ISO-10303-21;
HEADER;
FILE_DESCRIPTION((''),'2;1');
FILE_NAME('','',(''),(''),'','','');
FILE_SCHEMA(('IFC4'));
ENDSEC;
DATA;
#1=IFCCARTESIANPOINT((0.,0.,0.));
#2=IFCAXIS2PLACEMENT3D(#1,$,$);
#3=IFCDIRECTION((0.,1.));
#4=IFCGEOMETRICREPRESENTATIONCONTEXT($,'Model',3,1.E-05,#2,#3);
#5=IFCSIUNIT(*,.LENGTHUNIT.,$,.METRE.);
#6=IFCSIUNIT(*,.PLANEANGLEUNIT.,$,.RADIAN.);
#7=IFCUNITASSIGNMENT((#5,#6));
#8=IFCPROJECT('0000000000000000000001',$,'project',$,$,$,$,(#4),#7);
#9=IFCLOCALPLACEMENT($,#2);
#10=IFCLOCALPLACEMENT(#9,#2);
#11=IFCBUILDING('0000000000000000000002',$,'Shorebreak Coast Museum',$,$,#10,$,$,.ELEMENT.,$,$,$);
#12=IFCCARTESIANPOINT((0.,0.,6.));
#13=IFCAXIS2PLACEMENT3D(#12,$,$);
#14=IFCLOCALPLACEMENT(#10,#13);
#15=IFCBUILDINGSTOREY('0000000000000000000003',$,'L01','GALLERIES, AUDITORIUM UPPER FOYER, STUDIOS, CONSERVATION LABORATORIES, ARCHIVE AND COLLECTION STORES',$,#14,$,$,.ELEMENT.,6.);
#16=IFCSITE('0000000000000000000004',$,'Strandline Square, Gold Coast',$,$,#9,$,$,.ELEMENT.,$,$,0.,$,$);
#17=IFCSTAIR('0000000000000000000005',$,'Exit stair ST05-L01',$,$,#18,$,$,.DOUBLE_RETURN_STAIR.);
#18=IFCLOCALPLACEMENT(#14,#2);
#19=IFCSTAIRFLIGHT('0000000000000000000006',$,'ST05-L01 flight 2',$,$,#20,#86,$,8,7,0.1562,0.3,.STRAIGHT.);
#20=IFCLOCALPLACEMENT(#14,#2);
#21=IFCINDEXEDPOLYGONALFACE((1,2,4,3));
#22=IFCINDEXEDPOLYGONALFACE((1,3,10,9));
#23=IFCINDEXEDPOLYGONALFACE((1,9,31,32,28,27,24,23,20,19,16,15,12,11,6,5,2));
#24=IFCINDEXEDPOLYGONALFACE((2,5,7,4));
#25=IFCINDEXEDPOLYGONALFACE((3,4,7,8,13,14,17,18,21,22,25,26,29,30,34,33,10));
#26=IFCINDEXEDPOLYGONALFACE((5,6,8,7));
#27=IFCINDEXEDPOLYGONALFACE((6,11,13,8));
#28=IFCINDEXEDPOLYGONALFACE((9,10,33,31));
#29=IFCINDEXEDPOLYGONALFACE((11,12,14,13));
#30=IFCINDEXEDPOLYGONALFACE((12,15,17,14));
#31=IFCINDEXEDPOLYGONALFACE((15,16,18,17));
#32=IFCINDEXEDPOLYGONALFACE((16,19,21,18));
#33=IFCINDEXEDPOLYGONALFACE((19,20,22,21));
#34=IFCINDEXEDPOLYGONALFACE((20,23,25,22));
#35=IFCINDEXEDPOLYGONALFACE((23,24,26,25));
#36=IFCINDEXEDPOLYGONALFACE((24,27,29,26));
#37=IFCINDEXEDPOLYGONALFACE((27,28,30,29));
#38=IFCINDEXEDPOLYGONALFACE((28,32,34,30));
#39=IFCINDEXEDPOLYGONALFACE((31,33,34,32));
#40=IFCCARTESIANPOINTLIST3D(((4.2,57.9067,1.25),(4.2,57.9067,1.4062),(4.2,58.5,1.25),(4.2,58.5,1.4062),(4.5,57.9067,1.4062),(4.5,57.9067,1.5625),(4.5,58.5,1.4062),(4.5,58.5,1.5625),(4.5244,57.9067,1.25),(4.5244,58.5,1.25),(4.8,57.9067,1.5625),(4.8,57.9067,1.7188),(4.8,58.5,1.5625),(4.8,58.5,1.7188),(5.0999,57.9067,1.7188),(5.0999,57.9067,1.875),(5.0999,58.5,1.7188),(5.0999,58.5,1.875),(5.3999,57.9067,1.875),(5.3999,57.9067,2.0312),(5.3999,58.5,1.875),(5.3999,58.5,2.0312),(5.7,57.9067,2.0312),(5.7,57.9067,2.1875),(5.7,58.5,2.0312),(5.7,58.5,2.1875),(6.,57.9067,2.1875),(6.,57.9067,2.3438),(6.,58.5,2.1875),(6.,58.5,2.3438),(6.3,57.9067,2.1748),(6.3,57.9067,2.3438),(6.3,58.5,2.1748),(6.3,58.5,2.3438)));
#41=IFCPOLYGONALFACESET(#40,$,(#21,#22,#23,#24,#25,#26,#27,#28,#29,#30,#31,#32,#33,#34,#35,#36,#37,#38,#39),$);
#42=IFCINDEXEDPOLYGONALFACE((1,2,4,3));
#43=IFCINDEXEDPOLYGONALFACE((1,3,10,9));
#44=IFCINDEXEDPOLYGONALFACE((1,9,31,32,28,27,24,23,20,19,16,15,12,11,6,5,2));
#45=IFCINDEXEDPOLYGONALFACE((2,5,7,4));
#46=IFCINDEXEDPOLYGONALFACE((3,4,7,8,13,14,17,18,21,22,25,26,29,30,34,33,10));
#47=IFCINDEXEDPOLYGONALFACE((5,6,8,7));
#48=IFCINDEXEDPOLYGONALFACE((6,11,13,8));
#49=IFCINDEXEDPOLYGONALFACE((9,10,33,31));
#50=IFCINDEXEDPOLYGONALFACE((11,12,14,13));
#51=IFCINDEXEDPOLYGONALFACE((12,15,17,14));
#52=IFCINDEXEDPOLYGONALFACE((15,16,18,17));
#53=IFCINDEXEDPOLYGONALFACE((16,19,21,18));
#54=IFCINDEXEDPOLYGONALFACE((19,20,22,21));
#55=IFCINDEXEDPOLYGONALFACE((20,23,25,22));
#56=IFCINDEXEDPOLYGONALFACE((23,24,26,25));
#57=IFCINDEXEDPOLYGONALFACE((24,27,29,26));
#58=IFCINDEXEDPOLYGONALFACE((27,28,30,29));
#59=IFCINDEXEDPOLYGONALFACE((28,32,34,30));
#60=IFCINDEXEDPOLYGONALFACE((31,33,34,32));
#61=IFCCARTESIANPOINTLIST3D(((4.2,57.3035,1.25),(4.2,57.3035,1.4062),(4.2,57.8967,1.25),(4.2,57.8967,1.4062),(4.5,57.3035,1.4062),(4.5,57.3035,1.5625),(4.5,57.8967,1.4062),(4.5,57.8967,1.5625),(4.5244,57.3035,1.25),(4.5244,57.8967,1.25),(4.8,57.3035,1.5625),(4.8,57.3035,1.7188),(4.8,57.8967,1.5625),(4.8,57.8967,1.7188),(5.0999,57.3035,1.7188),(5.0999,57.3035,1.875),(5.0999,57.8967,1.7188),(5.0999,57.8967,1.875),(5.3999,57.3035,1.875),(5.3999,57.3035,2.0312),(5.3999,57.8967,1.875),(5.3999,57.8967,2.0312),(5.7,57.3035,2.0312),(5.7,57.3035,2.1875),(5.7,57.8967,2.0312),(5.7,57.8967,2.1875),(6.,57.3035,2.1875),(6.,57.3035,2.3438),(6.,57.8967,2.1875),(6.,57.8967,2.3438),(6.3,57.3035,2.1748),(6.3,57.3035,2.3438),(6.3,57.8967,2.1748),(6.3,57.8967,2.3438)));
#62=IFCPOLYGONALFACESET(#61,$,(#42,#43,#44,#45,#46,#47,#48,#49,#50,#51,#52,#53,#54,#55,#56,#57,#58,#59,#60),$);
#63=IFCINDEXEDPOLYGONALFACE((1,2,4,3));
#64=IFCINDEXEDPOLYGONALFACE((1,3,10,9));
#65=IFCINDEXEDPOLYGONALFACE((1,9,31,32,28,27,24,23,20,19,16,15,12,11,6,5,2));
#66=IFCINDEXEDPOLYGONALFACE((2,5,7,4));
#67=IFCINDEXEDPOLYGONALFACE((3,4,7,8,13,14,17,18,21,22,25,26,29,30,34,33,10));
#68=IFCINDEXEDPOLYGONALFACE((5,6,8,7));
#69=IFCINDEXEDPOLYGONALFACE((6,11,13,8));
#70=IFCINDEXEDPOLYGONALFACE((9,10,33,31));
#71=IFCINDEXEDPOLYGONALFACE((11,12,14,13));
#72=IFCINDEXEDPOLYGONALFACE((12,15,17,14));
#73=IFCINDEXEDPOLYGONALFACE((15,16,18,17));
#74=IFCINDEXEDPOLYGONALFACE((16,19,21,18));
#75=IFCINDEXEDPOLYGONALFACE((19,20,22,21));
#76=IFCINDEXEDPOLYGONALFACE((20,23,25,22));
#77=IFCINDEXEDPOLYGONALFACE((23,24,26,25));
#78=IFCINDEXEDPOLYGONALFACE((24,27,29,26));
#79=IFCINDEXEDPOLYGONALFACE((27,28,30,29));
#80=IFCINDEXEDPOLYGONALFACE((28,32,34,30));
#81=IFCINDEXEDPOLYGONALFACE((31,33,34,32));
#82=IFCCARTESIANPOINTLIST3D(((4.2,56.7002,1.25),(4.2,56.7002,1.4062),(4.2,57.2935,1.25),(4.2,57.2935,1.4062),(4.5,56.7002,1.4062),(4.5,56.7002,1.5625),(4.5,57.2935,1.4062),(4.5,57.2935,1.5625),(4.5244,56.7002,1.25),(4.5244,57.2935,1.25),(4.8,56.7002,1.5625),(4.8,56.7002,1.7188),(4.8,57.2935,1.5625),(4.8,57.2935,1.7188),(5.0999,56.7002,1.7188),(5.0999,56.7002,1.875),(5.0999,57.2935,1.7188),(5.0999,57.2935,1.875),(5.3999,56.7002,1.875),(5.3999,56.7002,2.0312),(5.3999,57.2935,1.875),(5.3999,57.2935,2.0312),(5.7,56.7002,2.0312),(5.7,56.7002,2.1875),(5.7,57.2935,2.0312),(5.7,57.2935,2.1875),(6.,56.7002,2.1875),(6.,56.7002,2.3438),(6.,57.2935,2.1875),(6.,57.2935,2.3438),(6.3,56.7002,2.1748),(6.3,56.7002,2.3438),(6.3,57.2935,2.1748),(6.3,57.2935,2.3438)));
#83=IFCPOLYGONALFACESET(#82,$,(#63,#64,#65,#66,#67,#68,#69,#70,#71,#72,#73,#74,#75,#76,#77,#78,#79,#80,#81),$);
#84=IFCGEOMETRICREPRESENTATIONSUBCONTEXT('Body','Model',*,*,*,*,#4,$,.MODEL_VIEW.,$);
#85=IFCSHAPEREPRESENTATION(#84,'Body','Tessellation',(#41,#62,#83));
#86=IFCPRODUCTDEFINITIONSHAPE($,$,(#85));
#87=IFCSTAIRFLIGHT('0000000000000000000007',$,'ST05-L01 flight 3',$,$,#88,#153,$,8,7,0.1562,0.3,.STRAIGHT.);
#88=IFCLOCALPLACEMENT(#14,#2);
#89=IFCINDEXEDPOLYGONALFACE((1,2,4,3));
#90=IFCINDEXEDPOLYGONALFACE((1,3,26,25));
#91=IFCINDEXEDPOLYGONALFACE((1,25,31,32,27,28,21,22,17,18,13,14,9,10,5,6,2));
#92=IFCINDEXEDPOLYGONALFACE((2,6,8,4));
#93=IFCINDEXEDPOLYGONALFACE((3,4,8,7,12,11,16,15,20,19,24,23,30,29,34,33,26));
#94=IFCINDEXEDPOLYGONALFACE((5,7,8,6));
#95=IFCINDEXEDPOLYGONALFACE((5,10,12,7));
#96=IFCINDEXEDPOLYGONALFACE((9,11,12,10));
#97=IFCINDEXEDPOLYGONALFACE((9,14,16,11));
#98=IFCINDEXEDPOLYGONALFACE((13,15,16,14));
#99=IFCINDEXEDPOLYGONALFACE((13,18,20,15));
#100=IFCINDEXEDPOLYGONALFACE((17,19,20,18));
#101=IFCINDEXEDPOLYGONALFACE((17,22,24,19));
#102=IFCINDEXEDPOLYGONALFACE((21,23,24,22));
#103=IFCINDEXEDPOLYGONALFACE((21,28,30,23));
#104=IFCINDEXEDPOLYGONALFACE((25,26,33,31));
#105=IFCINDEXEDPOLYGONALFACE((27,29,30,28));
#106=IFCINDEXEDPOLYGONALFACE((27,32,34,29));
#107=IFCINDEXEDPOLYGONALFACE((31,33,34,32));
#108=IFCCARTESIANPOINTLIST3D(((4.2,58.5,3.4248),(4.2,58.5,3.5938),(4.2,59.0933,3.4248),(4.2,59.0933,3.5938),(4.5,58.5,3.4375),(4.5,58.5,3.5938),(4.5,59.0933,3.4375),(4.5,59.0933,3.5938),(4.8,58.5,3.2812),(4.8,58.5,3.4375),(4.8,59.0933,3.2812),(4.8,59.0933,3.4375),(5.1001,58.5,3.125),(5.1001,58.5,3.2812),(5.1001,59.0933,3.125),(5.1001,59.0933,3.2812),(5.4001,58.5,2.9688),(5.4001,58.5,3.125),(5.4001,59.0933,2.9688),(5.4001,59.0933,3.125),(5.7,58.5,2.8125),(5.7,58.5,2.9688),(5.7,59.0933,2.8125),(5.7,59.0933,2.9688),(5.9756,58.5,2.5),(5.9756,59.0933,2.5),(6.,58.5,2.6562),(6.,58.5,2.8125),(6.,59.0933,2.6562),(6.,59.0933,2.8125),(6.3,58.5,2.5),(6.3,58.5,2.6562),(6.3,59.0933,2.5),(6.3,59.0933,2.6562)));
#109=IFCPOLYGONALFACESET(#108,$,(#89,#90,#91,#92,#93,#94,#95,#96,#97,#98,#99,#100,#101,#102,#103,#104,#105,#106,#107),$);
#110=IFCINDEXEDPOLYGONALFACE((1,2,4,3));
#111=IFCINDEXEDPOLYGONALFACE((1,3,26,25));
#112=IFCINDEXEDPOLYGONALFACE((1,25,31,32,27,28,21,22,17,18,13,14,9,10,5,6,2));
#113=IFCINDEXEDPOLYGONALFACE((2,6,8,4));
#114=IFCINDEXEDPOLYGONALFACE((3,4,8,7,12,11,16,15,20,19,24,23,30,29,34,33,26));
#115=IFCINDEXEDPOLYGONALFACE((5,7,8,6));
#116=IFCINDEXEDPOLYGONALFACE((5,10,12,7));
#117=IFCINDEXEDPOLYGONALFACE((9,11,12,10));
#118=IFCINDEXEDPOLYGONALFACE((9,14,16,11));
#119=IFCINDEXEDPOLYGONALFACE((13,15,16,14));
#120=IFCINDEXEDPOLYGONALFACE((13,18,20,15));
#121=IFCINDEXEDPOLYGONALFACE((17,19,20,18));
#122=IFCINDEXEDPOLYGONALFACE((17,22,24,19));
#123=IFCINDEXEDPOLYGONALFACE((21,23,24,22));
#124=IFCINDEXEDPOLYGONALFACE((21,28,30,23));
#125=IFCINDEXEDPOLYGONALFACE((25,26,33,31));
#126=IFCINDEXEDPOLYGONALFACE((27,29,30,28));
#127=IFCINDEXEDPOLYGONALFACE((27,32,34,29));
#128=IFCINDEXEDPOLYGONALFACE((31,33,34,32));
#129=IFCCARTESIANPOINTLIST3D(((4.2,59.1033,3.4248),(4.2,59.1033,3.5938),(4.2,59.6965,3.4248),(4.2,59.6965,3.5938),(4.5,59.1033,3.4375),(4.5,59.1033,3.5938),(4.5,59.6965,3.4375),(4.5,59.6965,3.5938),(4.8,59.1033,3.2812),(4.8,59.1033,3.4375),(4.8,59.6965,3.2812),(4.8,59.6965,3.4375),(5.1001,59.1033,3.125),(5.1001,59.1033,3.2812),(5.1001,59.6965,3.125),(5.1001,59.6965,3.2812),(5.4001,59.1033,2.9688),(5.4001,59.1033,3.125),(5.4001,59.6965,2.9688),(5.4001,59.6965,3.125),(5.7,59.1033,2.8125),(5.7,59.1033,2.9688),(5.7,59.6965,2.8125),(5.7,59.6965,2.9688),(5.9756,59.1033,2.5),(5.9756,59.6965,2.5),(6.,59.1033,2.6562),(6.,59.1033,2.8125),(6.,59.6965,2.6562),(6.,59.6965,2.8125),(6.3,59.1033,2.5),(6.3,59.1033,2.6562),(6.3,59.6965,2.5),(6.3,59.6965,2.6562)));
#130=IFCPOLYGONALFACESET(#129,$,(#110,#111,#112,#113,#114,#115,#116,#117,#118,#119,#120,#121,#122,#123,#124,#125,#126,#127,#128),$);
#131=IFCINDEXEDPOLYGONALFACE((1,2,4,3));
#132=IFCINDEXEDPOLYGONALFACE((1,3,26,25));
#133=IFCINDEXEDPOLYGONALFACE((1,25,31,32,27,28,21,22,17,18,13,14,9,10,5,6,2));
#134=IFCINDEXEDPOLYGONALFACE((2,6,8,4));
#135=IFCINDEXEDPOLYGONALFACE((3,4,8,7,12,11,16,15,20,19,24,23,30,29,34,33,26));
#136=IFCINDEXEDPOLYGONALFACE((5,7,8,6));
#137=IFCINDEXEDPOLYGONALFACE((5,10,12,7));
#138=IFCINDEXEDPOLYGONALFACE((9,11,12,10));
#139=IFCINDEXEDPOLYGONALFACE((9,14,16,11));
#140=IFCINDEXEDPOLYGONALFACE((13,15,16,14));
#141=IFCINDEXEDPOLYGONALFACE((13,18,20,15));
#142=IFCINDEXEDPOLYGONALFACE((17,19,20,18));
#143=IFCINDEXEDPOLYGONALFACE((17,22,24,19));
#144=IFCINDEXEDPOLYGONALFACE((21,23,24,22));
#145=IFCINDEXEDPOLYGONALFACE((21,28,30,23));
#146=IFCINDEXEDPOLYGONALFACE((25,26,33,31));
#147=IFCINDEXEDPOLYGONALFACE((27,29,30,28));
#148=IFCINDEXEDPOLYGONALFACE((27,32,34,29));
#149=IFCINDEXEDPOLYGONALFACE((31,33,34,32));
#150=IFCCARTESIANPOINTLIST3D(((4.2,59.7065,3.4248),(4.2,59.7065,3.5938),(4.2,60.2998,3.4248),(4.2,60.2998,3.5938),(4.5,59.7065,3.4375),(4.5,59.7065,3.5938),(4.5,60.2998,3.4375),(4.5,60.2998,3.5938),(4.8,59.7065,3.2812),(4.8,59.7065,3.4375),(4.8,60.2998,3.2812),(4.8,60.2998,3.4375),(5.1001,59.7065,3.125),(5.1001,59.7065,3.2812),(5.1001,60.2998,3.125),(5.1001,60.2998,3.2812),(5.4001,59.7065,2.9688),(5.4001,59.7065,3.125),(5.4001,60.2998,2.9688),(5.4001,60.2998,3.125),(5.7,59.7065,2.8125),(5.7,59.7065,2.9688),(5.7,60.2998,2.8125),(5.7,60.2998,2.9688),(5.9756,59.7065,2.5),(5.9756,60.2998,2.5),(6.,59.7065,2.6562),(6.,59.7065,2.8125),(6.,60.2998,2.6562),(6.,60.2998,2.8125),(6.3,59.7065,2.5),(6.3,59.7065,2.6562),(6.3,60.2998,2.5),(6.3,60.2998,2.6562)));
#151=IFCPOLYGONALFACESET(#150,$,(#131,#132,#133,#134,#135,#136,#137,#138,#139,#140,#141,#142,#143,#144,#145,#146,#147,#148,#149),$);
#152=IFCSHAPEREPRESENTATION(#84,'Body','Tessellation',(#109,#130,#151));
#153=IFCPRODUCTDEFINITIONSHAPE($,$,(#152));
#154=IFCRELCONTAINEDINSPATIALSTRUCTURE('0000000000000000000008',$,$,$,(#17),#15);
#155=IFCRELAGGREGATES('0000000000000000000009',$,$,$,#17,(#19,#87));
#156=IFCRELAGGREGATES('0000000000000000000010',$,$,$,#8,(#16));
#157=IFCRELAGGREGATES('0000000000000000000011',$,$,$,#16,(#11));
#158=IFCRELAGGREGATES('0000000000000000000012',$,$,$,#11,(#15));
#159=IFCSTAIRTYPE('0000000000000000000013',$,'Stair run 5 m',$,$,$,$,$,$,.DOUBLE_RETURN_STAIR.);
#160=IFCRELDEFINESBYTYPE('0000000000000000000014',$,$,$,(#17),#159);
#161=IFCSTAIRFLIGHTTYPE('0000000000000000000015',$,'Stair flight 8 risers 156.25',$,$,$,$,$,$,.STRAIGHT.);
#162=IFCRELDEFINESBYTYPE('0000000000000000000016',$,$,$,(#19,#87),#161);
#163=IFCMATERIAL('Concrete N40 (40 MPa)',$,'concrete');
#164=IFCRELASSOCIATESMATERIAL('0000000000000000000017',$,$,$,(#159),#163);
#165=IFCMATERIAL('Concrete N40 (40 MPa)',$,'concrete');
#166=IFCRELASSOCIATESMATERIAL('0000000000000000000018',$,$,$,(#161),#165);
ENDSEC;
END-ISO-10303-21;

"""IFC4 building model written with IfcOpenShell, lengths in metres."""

from ifc_helpers import new_model, si_unit, direction, frame, origin, place, context, subcontext, project, spatial, polyline, outline, extrude, material, type_object, element, aggregate, save


model = new_model("IFC4")

# Units and contexts
model_context = context("Model", 3, precision=1e-05, world=origin(), true_north=direction((0.0, 1.0)))
body_context = subcontext(model_context, "Body", "Model", "MODEL_VIEW")
ifc_project = project(units=[si_unit("LENGTHUNIT", "METRE"), si_unit("PLANEANGLEUNIT", "RADIAN")], contexts=[model_context])

# Site, building, storey
site_placement = place(None, origin())
site = spatial("IfcSite", under=ifc_project, at=site_placement, Name="Strandline Square, Gold Coast", CompositionType="ELEMENT", RefElevation=0.0)
building_placement = place(site_placement, origin())
building = spatial("IfcBuilding", under=site, at=building_placement, Name="Shorebreak Coast Museum", CompositionType="ELEMENT")
storey_placement = place(building_placement, frame((0.0, 0.0, 6.0)))
storey = spatial("IfcBuildingStorey", under=building, at=storey_placement, Name="L01", Description="GALLERIES, AUDITORIUM UPPER FOYER, STUDIOS, CONSERVATION LABORATORIES, ARCHIVE AND COLLECTION STORES", CompositionType="ELEMENT", Elevation=6.0)

# Stair, stair flights
ifc_material_1 = material(Name="Concrete N40 (40 MPa)", Category="concrete")
stair_type = type_object("IfcStairType", Name="Stair run 5 m", PredefinedType="DOUBLE_RETURN_STAIR", material=ifc_material_1)
stair_placement = place(storey_placement, origin())
stair = element("IfcStair", 1, at=stair_placement, inside=storey, type_object=stair_type, Name="Exit stair ST05-L01", PredefinedType="DOUBLE_RETURN_STAIR")
ifc_material_2 = material(Name="Concrete N40 (40 MPa)", Category="concrete")
stair_flight_type = type_object("IfcStairFlightType", Name="Stair flight 8 risers 156.25", PredefinedType="STRAIGHT", material=ifc_material_2)
stair_flight_1_placement = place(storey_placement, frame((4.2, 57.6001, 1.25), z_axis=(0.0, 0.0, 1.0), x_axis=(1.0, 0.0, 0.0)))
stair_flight_1 = element("IfcStairFlight", 2, at=stair_flight_1_placement, type_object=stair_flight_type, Name="ST05-L01 flight 2", NumberOfRisers=8, NumberOfTreads=7, PredefinedType="STRAIGHT", RiserHeight=0.1562, TreadLength=0.3, context=body_context, shape_type="SweptSolid", body=[
    extrude(outline(polyline([(0.0, 0.0), (0.0, 0.1562), (0.3, 0.1562), (0.3, 0.3125), (0.6001, 0.3125), (0.6001, 0.4688), (0.8999, 0.4688), (0.8999, 0.625), (1.2, 0.625), (1.2, 0.7812), (1.5, 0.7812), (1.5, 0.9375), (1.8, 0.9375), (1.8, 1.0938), (2.1001, 1.0938), (2.1001, 1.25), (2.1001, 0.9248), (0.3245, 0.0), (0.0, 0.0)])), frame((0.0, 0.8999, 0.0), z_axis=(0.0, -1.0, 0.0), x_axis=(1.0, 0.0, 0.0)), (0.0, 0.0, 1.0), 0.5933),
    extrude(outline(polyline([(0.0, 0.0), (0.0, 0.1562), (0.3, 0.1562), (0.3, 0.3125), (0.6001, 0.3125), (0.6001, 0.4688), (0.8999, 0.4688), (0.8999, 0.625), (1.2, 0.625), (1.2, 0.7812), (1.5, 0.7812), (1.5, 0.9375), (1.8, 0.9375), (1.8, 1.0938), (2.1001, 1.0938), (2.1001, 1.25), (2.1001, 0.9248), (0.3245, 0.0), (0.0, 0.0)])), frame((0.0, 0.2966, 0.0), z_axis=(0.0, -1.0, 0.0), x_axis=(1.0, 0.0, 0.0)), (0.0, 0.0, 1.0), 0.5933),
    extrude(outline(polyline([(0.0, 0.0), (0.0, 0.1562), (0.3, 0.1562), (0.3, 0.3125), (0.6001, 0.3125), (0.6001, 0.4688), (0.8999, 0.4688), (0.8999, 0.625), (1.2, 0.625), (1.2, 0.7812), (1.5, 0.7812), (1.5, 0.9375), (1.8, 0.9375), (1.8, 1.0938), (2.1001, 1.0938), (2.1001, 1.25), (2.1001, 0.9248), (0.3245, 0.0), (0.0, 0.0)])), frame((0.0, -0.3066, 0.0), z_axis=(0.0, -1.0, 0.0), x_axis=(1.0, 0.0, 0.0)), (0.0, 0.0, 1.0), 0.5933),
])
stair_flight_2_placement = place(storey_placement, frame((6.3, 59.3999, 2.5), z_axis=(0.0, 0.0, 1.0), x_axis=(-1.0, 0.0, 0.0)))
stair_flight_2 = element("IfcStairFlight", 3, at=stair_flight_2_placement, type_object=stair_flight_type, Name="ST05-L01 flight 3", NumberOfRisers=8, NumberOfTreads=7, PredefinedType="STRAIGHT", RiserHeight=0.1562, TreadLength=0.3, context=body_context, shape_type="SweptSolid", body=[
    extrude(outline(polyline([(0.0, 0.0), (0.0, 0.1562), (0.3, 0.1562), (0.3, 0.3125), (0.6001, 0.3125), (0.6001, 0.4688), (0.8999, 0.4688), (0.8999, 0.625), (1.2, 0.625), (1.2, 0.7812), (1.5, 0.7812), (1.5, 0.9375), (1.8, 0.9375), (1.8, 1.0938), (2.1001, 1.0938), (2.1001, 1.25), (2.1001, 0.9248), (0.3245, 0.0), (0.0, 0.0)])), frame((0.0, 0.8999, 0.0), z_axis=(0.0, -1.0, 0.0), x_axis=(1.0, 0.0, 0.0)), (0.0, 0.0, 1.0), 0.5933),
    extrude(outline(polyline([(0.0, 0.0), (0.0, 0.1562), (0.3, 0.1562), (0.3, 0.3125), (0.6001, 0.3125), (0.6001, 0.4688), (0.8999, 0.4688), (0.8999, 0.625), (1.2, 0.625), (1.2, 0.7812), (1.5, 0.7812), (1.5, 0.9375), (1.8, 0.9375), (1.8, 1.0938), (2.1001, 1.0938), (2.1001, 1.25), (2.1001, 0.9248), (0.3245, 0.0), (0.0, 0.0)])), frame((0.0, 0.2966, 0.0), z_axis=(0.0, -1.0, 0.0), x_axis=(1.0, 0.0, 0.0)), (0.0, 0.0, 1.0), 0.5933),
    extrude(outline(polyline([(0.0, 0.0), (0.0, 0.1562), (0.3, 0.1562), (0.3, 0.3125), (0.6001, 0.3125), (0.6001, 0.4688), (0.8999, 0.4688), (0.8999, 0.625), (1.2, 0.625), (1.2, 0.7812), (1.5, 0.7812), (1.5, 0.9375), (1.8, 0.9375), (1.8, 1.0938), (2.1001, 1.0938), (2.1001, 1.25), (2.1001, 0.9248), (0.3245, 0.0), (0.0, 0.0)])), frame((0.0, -0.3066, 0.0), z_axis=(0.0, -1.0, 0.0), x_axis=(1.0, 0.0, 0.0)), (0.0, 0.0, 1.0), 0.5933),
])
aggregate(stair, [stair_flight_1, stair_flight_2])

save(model, "model.ifc")
